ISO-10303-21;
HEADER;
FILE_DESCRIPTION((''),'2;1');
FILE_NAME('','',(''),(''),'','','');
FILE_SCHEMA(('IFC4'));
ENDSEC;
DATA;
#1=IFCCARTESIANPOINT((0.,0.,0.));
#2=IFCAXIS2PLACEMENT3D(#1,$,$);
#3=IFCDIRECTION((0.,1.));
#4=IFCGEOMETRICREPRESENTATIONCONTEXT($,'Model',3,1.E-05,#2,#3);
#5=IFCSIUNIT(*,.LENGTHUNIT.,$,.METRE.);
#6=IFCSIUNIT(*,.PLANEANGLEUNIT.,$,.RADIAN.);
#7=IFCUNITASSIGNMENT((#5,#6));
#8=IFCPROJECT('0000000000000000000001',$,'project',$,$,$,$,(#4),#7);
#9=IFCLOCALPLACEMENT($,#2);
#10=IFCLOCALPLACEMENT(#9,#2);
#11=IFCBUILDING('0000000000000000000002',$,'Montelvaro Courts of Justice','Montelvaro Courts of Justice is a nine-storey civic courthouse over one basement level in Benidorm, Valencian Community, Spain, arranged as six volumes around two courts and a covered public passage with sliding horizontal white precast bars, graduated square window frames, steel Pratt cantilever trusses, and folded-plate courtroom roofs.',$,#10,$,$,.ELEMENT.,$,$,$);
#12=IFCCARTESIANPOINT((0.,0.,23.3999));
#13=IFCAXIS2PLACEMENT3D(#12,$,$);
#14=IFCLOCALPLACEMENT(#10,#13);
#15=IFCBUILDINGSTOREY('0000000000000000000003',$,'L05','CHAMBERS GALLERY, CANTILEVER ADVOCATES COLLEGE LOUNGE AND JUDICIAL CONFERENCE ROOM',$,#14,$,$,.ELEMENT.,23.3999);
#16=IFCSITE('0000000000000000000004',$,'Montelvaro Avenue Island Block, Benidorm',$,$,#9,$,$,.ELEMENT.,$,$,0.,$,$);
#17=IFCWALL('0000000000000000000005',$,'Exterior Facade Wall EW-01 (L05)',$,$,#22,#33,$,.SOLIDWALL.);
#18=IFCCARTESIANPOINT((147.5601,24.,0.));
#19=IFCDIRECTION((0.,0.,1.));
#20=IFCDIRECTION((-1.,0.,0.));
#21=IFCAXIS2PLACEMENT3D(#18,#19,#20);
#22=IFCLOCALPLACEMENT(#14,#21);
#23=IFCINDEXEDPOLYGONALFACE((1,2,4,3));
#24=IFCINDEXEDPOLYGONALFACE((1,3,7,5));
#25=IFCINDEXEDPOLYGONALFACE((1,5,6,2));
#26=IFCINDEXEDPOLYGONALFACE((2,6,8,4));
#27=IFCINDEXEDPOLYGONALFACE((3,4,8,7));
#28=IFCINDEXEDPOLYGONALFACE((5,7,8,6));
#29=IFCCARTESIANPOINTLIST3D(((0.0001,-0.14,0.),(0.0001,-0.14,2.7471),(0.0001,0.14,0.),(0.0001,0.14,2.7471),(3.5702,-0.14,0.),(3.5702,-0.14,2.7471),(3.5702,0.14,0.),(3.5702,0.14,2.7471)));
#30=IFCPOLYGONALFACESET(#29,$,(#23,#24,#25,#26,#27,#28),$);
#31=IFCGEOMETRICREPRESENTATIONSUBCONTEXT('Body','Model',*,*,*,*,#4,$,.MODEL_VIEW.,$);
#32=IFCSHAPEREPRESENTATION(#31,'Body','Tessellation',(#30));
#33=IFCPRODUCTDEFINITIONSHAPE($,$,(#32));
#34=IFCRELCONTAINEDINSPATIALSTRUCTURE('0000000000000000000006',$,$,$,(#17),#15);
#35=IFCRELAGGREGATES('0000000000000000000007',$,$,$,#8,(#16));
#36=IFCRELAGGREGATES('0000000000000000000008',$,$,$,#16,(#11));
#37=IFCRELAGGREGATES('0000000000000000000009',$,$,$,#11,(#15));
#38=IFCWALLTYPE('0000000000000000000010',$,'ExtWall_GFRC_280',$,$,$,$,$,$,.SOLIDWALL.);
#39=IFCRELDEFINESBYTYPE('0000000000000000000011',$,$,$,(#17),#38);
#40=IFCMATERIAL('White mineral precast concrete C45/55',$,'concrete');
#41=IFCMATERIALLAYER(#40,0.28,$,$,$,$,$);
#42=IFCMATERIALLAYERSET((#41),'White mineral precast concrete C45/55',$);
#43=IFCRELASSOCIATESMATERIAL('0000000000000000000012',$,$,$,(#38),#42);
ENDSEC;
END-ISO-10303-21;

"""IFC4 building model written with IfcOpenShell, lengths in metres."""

from ifc_helpers import new_model, si_unit, direction, frame, frame_2d, origin, place, context, subcontext, project, spatial, rectangle, extrude, material, layer, layer_set, type_object, element, save


model = new_model("IFC4")

# Units and contexts
model_context = context("Model", 3, precision=1e-05, world=origin(), true_north=direction((0.0, 1.0)))
body_context = subcontext(model_context, "Body", "Model", "MODEL_VIEW")
ifc_project = project(units=[si_unit("LENGTHUNIT", "METRE"), si_unit("PLANEANGLEUNIT", "RADIAN")], contexts=[model_context])

# Site, building, storey
site_placement = place(None, origin())
site = spatial("IfcSite", under=ifc_project, at=site_placement, Name="Montelvaro Avenue Island Block, Benidorm", CompositionType="ELEMENT", RefElevation=0.0)
building_placement = place(site_placement, origin())
building = spatial("IfcBuilding", under=site, at=building_placement, Name="Montelvaro Courts of Justice", Description="Montelvaro Courts of Justice is a nine-storey civic courthouse over one basement level in Benidorm, Valencian Community, Spain, arranged as six volumes around two courts and a covered public passage with sliding horizontal white precast bars, graduated square window frames, steel Pratt cantilever trusses, and folded-plate courtroom roofs.", CompositionType="ELEMENT")
storey_placement = place(building_placement, frame((0.0, 0.0, 23.3999)))
storey = spatial("IfcBuildingStorey", under=building, at=storey_placement, Name="L05", Description="CHAMBERS GALLERY, CANTILEVER ADVOCATES COLLEGE LOUNGE AND JUDICIAL CONFERENCE ROOM", CompositionType="ELEMENT", Elevation=23.3999)

# Shared definitions
ifc_material_1 = material(Name="White mineral precast concrete C45/55", Category="concrete")

# Shared definitions
ifc_layer_1 = layer(ifc_material_1, 0.28)
ifc_layer_set_1 = layer_set([ifc_layer_1], Name="White mineral precast concrete C45/55")
wall_type_1 = type_object("IfcWallType", Name="ExtWall_GFRC_280", PredefinedType="SOLIDWALL", material=ifc_layer_set_1)

# Wall
wall_1_placement = place(storey_placement, frame((147.5601, 24.0, 0.0), z_axis=(0.0, 0.0, 1.0), x_axis=(-1.0, 0.0, 0.0)))
element("IfcWall", 1, at=wall_1_placement, inside=storey, type_object=wall_type_1, Name="Exterior Facade Wall EW-01 (L05)", PredefinedType="SOLIDWALL", context=body_context, shape_type="SweptSolid", body=[
    extrude(rectangle(XDim=3.5701, YDim=0.28, at=frame_2d((1.7852, 0.0))), origin(), (0.0, 0.0, 1.0), 2.7471),
])

save(model, "model.ifc")
